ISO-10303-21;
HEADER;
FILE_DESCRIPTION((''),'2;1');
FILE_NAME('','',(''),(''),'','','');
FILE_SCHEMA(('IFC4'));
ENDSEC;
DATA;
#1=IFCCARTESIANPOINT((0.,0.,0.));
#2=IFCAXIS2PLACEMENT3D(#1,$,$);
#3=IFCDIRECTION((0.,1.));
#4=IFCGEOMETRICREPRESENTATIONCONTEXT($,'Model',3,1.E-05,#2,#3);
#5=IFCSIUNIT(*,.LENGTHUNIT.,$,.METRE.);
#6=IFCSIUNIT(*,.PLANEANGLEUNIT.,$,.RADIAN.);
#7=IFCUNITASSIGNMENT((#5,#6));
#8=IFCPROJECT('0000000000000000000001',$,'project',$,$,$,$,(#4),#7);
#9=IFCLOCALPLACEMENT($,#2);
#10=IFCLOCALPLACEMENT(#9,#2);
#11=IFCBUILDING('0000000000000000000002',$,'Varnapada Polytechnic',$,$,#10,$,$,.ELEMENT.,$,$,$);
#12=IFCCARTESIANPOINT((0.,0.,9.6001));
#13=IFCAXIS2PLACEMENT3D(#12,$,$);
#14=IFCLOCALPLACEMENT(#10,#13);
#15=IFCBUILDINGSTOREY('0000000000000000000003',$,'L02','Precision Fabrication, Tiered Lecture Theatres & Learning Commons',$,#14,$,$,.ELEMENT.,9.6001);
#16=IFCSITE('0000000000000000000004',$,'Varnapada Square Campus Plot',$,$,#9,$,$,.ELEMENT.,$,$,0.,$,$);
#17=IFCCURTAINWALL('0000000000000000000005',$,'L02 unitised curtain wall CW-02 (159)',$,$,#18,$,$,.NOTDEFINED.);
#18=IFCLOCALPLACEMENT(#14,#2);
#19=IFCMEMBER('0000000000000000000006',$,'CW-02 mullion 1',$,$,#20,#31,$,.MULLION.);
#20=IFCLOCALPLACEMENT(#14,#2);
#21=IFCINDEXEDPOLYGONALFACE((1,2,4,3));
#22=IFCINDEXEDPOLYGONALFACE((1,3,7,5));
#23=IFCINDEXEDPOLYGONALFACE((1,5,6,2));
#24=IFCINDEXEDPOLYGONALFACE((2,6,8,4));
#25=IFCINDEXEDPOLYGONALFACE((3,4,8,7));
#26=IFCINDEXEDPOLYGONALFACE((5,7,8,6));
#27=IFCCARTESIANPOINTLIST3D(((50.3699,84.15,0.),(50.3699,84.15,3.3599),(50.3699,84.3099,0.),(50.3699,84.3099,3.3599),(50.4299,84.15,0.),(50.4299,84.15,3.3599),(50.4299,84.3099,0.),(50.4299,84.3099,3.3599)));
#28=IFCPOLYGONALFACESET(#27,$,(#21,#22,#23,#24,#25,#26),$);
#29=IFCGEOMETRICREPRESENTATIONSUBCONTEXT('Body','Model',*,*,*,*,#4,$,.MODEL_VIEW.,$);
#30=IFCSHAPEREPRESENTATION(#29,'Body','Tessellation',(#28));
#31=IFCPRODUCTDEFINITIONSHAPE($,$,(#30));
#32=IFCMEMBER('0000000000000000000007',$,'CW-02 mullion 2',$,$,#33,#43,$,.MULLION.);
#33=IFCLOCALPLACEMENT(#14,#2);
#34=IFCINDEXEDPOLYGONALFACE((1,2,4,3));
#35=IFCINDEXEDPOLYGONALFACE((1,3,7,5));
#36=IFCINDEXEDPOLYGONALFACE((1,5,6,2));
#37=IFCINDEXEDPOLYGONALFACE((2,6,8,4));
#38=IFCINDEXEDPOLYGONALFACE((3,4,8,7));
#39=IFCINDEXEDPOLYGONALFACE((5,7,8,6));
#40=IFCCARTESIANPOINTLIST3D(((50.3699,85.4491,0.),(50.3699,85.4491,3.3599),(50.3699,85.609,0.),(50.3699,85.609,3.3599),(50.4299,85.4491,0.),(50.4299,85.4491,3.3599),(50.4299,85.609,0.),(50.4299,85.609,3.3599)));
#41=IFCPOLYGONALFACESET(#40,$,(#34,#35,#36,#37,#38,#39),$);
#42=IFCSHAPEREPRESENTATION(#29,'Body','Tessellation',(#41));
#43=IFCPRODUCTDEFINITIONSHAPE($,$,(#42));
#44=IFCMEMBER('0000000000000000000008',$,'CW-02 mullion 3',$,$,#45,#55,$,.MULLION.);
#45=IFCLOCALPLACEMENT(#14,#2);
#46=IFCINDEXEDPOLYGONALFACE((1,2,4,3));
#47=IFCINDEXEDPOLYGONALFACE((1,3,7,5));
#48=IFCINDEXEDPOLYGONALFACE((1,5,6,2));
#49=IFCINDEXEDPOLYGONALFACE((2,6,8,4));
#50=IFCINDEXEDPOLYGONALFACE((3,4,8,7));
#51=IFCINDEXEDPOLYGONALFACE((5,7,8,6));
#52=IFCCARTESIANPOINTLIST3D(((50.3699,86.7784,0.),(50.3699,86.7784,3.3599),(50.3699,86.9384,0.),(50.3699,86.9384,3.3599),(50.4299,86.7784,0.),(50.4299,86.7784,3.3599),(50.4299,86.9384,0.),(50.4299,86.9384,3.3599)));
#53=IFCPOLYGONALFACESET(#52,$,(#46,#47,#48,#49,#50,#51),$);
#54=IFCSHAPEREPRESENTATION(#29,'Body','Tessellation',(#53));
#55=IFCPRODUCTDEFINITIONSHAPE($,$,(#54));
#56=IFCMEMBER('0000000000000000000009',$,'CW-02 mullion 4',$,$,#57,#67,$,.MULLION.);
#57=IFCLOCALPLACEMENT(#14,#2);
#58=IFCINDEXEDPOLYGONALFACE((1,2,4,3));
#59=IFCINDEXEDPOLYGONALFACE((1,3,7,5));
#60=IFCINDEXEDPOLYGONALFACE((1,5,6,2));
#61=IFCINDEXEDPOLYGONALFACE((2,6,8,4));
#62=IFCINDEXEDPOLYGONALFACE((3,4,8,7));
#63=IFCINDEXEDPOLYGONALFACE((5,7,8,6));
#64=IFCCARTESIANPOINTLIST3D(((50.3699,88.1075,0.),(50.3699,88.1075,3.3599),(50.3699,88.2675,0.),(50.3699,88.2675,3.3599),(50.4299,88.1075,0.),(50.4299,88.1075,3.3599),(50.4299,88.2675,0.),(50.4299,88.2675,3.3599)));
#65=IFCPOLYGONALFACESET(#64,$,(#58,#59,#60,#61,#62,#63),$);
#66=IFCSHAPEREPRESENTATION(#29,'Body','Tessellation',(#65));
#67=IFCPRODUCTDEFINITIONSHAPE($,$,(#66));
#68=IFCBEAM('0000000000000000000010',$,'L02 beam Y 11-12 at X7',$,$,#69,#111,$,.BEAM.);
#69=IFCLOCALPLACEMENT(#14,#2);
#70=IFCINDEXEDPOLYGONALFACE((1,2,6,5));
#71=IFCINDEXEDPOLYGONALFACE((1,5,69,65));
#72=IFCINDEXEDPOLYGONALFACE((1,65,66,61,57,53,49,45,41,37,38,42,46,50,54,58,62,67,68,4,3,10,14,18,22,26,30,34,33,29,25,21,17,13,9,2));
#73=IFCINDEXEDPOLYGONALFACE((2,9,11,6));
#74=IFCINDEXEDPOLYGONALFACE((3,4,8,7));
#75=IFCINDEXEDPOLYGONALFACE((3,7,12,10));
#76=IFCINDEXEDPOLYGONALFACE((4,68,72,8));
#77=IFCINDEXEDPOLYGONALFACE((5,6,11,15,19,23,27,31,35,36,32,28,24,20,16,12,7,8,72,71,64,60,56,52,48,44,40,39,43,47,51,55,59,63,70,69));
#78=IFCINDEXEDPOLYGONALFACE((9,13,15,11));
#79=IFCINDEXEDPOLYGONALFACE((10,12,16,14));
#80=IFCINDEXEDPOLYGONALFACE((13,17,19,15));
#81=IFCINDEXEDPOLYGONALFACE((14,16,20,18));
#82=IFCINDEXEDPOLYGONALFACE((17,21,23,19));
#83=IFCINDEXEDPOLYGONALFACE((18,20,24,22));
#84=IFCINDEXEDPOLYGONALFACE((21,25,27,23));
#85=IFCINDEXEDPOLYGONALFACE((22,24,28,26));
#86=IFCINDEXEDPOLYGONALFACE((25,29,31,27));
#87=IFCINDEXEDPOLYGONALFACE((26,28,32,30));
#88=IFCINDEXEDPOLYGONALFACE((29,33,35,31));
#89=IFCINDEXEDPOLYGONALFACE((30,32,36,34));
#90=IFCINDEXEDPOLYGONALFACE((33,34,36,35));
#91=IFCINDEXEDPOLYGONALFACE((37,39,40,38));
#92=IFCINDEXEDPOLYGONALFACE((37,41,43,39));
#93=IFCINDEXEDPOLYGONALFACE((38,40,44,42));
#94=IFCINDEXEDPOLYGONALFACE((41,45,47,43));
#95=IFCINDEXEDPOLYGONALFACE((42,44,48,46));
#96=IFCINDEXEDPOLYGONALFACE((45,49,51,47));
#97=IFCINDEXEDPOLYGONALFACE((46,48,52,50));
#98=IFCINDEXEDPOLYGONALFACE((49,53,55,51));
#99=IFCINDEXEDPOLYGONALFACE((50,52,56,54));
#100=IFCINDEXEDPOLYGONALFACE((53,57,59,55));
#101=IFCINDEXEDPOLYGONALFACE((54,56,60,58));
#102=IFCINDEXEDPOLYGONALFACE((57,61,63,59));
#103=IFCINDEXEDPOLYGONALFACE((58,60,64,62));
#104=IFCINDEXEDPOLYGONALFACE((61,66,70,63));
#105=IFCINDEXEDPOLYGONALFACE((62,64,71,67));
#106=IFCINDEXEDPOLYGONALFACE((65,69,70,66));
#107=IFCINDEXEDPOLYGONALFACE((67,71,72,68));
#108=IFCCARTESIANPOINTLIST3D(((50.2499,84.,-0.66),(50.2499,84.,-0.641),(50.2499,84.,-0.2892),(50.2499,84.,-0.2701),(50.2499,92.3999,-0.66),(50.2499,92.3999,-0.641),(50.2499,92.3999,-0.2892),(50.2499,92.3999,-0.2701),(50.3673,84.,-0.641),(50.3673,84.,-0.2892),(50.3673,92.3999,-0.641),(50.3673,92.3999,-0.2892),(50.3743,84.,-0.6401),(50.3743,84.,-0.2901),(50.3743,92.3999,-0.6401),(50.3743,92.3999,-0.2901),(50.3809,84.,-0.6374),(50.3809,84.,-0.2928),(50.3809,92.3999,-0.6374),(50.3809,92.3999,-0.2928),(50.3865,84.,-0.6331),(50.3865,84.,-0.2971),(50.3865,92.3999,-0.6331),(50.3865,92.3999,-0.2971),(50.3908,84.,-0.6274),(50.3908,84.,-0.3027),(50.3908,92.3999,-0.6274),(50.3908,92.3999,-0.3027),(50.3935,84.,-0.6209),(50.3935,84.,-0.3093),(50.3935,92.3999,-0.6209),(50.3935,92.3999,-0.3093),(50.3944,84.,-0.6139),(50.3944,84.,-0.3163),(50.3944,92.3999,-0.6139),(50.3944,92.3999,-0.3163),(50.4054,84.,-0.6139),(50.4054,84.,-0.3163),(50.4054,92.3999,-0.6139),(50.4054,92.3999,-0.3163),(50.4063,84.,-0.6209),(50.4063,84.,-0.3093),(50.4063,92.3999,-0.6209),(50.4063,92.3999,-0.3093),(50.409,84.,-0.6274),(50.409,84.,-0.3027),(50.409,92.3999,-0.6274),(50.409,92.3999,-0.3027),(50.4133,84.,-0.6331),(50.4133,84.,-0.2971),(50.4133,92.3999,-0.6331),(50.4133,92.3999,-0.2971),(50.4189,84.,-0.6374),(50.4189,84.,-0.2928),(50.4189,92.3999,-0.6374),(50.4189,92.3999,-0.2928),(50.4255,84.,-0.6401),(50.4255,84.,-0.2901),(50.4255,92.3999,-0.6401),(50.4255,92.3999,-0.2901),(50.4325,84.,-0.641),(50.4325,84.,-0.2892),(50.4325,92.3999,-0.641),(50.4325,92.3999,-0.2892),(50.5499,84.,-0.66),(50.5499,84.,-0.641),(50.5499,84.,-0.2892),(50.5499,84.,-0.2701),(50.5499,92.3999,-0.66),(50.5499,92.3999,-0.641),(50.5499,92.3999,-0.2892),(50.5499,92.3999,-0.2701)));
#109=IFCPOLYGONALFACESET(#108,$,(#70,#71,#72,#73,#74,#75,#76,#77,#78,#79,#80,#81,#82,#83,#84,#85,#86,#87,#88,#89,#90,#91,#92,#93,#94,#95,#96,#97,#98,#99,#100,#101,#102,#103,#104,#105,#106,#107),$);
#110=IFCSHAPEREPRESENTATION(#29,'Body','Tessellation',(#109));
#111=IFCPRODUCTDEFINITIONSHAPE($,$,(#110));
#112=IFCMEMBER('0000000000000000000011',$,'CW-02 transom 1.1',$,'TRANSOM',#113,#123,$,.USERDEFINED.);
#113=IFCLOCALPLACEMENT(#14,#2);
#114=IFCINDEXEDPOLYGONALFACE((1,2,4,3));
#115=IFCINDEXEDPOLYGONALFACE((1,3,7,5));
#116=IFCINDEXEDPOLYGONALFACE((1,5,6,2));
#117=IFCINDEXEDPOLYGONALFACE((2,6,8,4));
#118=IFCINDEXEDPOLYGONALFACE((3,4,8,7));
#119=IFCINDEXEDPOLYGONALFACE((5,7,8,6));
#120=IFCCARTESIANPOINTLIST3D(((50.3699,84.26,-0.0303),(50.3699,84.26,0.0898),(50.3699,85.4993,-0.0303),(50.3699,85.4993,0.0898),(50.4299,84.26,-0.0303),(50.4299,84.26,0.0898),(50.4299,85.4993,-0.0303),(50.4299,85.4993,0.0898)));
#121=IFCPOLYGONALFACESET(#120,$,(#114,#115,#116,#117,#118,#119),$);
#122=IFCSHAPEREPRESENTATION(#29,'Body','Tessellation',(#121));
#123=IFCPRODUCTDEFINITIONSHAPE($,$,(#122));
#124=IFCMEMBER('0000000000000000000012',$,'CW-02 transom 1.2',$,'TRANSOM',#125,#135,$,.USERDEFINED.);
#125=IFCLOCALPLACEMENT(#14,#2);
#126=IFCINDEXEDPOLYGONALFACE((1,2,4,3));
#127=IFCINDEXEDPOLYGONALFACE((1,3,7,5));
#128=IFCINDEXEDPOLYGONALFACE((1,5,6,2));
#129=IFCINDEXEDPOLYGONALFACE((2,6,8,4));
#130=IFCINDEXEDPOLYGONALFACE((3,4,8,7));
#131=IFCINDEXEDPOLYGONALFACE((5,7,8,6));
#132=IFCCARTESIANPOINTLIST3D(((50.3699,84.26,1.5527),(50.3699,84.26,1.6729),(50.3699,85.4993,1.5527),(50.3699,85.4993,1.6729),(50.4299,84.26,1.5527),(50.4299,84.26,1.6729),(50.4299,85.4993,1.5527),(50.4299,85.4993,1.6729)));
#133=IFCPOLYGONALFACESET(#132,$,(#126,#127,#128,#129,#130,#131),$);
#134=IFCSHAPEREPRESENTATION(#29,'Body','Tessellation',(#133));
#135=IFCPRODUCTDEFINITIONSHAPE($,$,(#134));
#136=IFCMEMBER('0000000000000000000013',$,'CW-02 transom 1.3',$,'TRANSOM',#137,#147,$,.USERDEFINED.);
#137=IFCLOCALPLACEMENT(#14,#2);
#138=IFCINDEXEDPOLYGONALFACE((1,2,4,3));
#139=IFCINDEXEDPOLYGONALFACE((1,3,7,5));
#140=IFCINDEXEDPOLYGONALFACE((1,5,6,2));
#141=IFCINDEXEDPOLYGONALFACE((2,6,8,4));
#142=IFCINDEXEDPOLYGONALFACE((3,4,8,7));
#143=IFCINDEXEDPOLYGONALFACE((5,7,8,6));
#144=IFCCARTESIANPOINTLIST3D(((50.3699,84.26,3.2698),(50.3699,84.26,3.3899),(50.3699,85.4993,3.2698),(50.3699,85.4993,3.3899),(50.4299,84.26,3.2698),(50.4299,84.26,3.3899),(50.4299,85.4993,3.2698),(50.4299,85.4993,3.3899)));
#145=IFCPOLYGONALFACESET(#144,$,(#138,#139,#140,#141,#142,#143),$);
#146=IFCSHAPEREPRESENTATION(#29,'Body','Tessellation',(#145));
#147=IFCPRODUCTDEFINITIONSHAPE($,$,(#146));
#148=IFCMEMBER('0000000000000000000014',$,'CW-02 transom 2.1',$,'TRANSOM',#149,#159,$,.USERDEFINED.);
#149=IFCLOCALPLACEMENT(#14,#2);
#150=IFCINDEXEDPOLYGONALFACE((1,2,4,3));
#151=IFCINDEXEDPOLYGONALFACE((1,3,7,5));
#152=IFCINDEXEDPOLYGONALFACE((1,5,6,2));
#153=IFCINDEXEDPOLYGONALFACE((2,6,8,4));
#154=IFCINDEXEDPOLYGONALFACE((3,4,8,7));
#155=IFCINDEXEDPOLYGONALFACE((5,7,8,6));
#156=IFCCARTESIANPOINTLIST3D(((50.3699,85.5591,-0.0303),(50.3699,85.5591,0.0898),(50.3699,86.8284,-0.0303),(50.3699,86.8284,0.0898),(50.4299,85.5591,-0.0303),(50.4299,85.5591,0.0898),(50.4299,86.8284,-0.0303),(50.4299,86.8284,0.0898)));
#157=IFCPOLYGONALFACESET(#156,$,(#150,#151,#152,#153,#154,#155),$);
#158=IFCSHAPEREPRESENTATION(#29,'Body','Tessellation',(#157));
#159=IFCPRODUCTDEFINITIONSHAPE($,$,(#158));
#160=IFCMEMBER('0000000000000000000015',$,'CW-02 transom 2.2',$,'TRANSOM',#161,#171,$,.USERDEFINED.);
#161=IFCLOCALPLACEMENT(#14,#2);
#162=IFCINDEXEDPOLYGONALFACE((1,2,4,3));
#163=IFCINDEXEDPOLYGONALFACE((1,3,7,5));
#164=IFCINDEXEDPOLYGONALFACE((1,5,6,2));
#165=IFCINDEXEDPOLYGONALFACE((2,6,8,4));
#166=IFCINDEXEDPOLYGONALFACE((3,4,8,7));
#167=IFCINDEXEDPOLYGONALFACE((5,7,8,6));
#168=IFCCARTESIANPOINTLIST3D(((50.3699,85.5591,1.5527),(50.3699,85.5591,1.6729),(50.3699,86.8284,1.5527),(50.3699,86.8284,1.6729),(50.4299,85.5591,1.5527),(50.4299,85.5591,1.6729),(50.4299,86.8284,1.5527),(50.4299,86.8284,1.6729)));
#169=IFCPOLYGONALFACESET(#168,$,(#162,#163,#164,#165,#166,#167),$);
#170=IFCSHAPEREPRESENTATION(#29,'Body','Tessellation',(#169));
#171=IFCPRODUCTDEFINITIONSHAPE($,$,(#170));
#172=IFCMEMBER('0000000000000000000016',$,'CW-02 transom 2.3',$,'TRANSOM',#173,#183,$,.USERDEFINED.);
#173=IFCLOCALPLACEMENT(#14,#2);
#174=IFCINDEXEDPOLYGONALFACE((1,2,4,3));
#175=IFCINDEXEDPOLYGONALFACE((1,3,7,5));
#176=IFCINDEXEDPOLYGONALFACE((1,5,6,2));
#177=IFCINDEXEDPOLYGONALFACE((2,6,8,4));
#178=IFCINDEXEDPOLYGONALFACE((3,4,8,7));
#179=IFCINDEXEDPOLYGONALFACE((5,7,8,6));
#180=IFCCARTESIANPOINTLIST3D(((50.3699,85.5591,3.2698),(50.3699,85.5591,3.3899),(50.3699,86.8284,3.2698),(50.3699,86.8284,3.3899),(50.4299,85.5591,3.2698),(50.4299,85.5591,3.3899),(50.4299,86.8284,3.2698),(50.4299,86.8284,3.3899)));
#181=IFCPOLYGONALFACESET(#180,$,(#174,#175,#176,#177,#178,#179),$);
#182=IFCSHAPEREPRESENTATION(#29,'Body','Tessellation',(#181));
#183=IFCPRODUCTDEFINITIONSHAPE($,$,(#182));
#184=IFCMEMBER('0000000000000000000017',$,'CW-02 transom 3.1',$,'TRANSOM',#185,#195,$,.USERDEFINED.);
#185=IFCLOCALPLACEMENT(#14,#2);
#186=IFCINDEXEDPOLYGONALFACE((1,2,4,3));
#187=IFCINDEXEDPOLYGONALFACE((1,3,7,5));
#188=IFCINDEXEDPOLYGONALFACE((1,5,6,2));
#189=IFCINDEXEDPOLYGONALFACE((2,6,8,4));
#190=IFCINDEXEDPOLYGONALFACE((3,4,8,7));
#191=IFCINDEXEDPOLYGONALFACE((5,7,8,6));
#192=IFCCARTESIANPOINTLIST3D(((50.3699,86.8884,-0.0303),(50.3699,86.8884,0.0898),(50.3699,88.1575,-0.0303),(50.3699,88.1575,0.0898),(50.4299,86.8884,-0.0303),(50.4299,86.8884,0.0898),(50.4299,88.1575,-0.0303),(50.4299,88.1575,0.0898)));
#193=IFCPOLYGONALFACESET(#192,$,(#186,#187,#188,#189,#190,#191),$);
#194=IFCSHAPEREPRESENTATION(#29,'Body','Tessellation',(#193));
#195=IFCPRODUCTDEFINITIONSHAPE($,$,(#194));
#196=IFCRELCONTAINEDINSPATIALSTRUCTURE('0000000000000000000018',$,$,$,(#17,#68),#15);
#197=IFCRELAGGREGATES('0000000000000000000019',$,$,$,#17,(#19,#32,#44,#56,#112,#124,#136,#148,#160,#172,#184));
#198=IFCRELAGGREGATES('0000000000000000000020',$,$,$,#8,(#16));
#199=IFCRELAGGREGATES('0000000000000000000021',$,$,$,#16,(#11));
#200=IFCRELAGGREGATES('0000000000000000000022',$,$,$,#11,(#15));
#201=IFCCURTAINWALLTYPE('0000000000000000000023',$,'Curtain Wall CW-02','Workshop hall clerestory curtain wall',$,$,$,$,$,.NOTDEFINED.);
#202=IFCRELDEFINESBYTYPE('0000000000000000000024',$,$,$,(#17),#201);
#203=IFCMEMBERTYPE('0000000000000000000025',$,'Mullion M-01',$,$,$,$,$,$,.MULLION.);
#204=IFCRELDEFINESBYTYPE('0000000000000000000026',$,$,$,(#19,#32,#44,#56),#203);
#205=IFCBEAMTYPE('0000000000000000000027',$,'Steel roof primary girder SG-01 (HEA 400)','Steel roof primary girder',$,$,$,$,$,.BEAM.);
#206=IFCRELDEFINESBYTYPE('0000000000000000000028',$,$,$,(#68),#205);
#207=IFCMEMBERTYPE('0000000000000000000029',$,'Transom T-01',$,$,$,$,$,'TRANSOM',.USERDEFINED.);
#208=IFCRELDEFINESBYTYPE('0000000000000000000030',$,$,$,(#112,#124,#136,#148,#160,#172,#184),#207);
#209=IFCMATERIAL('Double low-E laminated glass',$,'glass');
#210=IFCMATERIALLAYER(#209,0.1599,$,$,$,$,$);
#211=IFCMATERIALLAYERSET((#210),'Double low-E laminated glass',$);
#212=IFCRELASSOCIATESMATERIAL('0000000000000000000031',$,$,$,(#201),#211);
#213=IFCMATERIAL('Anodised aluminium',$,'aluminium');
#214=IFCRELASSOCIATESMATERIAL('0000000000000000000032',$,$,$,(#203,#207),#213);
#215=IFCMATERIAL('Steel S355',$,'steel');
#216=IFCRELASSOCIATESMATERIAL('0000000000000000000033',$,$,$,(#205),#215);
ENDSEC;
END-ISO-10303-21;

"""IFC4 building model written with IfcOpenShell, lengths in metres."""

from ifc_helpers import new_model, si_unit, direction, frame, origin, origin_2d, place, context, subcontext, project, spatial, rectangle, i_section, extrude, material, layer, layer_set, material_profile, profile_set, type_object, element, aggregate, save


model = new_model("IFC4")

# Units and contexts
model_context = context("Model", 3, precision=1e-05, world=origin(), true_north=direction((0.0, 1.0)))
body_context = subcontext(model_context, "Body", "Model", "MODEL_VIEW")
ifc_project = project(units=[si_unit("LENGTHUNIT", "METRE"), si_unit("PLANEANGLEUNIT", "RADIAN")], contexts=[model_context])

# Site, building, storey
site_placement = place(None, origin())
site = spatial("IfcSite", under=ifc_project, at=site_placement, Name="Varnapada Square Campus Plot", CompositionType="ELEMENT", RefElevation=0.0)
building_placement = place(site_placement, origin())
building = spatial("IfcBuilding", under=site, at=building_placement, Name="Varnapada Polytechnic", CompositionType="ELEMENT")
storey_placement = place(building_placement, frame((0.0, 0.0, 9.6001)))
storey = spatial("IfcBuildingStorey", under=building, at=storey_placement, Name="L02", Description="Precision Fabrication, Tiered Lecture Theatres & Learning Commons", CompositionType="ELEMENT", Elevation=9.6001)

# Curtain wall, members
ifc_material_1 = material(Name="Double low-E laminated glass", Category="glass")
ifc_layer_1 = layer(ifc_material_1, 0.1599)
ifc_layer_set_1 = layer_set([ifc_layer_1], Name="Double low-E laminated glass")
curtain_wall_type = type_object("IfcCurtainWallType", Name="Curtain Wall CW-02", Description="Workshop hall clerestory curtain wall", PredefinedType="NOTDEFINED", material=ifc_layer_set_1)
curtain_wall_placement = place(storey_placement, origin())
curtain_wall = element("IfcCurtainWall", 1, at=curtain_wall_placement, inside=storey, type_object=curtain_wall_type, Name="L02 unitised curtain wall CW-02 (159)", PredefinedType="NOTDEFINED")
ifc_material_2 = material(Name="Anodised aluminium", Category="aluminium")
ifc_material_profile_1 = material_profile(ifc_material_2, rectangle(XDim=0.0601, YDim=0.1599, at=origin_2d()), Name="ALU M60x160")
ifc_profile_set_1 = profile_set([ifc_material_profile_1], Name="Anodised aluminium")
member_type_1 = type_object("IfcMemberType", Name="Mullion M-01", PredefinedType="MULLION", material=ifc_profile_set_1)
member_1_placement = place(storey_placement, frame((50.3999, 84.23, 0.0), z_axis=(0.0, 0.0, 1.0), x_axis=(-1.0, 0.0, 0.0)))
member_1 = element("IfcMember", 2, at=member_1_placement, type_object=member_type_1, Name="CW-02 mullion 1", PredefinedType="MULLION", context=body_context, shape_type="SweptSolid", body=[
    extrude(rectangle(XDim=0.0601, YDim=0.1599, at=origin_2d()), origin(), (0.0, 0.0, 1.0), 3.3599),
])
member_2_placement = place(storey_placement, frame((50.3999, 85.5291, 0.0), z_axis=(0.0, 0.0, 1.0), x_axis=(-1.0, 0.0, 0.0)))
member_2 = element("IfcMember", 3, at=member_2_placement, type_object=member_type_1, Name="CW-02 mullion 2", PredefinedType="MULLION", context=body_context, shape_type="SweptSolid", body=[
    extrude(rectangle(XDim=0.0601, YDim=0.1599, at=origin_2d()), origin(), (0.0, 0.0, 1.0), 3.3599),
])
member_3_placement = place(storey_placement, frame((50.3999, 86.8584, 0.0), z_axis=(0.0, 0.0, 1.0), x_axis=(-1.0, 0.0, 0.0)))
member_3 = element("IfcMember", 4, at=member_3_placement, type_object=member_type_1, Name="CW-02 mullion 3", PredefinedType="MULLION", context=body_context, shape_type="SweptSolid", body=[
    extrude(rectangle(XDim=0.0601, YDim=0.1599, at=origin_2d()), origin(), (0.0, 0.0, 1.0), 3.3599),
])
member_4_placement = place(storey_placement, frame((50.3999, 88.1875, 0.0), z_axis=(0.0, 0.0, 1.0), x_axis=(-1.0, 0.0, 0.0)))
member_4 = element("IfcMember", 5, at=member_4_placement, type_object=member_type_1, Name="CW-02 mullion 4", PredefinedType="MULLION", context=body_context, shape_type="SweptSolid", body=[
    extrude(rectangle(XDim=0.0601, YDim=0.1599, at=origin_2d()), origin(), (0.0, 0.0, 1.0), 3.3599),
])

# Beam
ifc_material_3 = material(Name="Steel S355", Category="steel")
ifc_material_profile_2 = material_profile(ifc_material_3, i_section(OverallWidth=0.3, OverallDepth=0.3899, WebThickness=0.011, FlangeThickness=0.019, FilletRadius=0.0271, at=origin_2d()), Name="HEA 400")
ifc_profile_set_2 = profile_set([ifc_material_profile_2], Name="Steel S355")
beam_type_1 = type_object("IfcBeamType", Name="Steel roof primary girder SG-01 (HEA 400)", Description="Steel roof primary girder", PredefinedType="BEAM", material=ifc_profile_set_2)
beam_1_placement = place(storey_placement, frame((50.3999, 84.0, -0.4651), z_axis=(0.0, 1.0, 0.0), x_axis=(-1.0, 0.0, 0.0)))
element("IfcBeam", 6, at=beam_1_placement, inside=storey, type_object=beam_type_1, Name="L02 beam Y 11-12 at X7", PredefinedType="BEAM", context=body_context, shape_type="SweptSolid", body=[
    extrude(i_section(OverallWidth=0.3, OverallDepth=0.3899, WebThickness=0.011, FlangeThickness=0.019, FilletRadius=0.0271, at=origin_2d()), origin(), (0.0, 0.0, 1.0), 8.3999),
])

# Members
ifc_material_profile_3 = material_profile(ifc_material_2, rectangle(XDim=0.0601, YDim=0.1201, at=origin_2d()), Name="ALU T60x120")
ifc_profile_set_3 = profile_set([ifc_material_profile_3], Name="Anodised aluminium")
member_type_2 = type_object("IfcMemberType", Name="Transom T-01", ElementType="TRANSOM", PredefinedType="USERDEFINED", material=ifc_profile_set_3)
member_5_placement = place(storey_placement, frame((50.3999, 84.26, 0.0298), z_axis=(0.0, 1.0, 0.0), x_axis=(-1.0, 0.0, 0.0)))
member_5 = element("IfcMember", 7, at=member_5_placement, type_object=member_type_2, Name="CW-02 transom 1.1", ObjectType="TRANSOM", PredefinedType="USERDEFINED", context=body_context, shape_type="SweptSolid", body=[
    extrude(rectangle(XDim=0.0601, YDim=0.1201, at=origin_2d()), origin(), (0.0, 0.0, 1.0), 1.2393),
])
member_6_placement = place(storey_placement, frame((50.3999, 84.26, 1.6128), z_axis=(0.0, 1.0, 0.0), x_axis=(-1.0, 0.0, 0.0)))
member_6 = element("IfcMember", 8, at=member_6_placement, type_object=member_type_2, Name="CW-02 transom 1.2", ObjectType="TRANSOM", PredefinedType="USERDEFINED", context=body_context, shape_type="SweptSolid", body=[
    extrude(rectangle(XDim=0.0601, YDim=0.1201, at=origin_2d()), origin(), (0.0, 0.0, 1.0), 1.2393),
])
member_7_placement = place(storey_placement, frame((50.3999, 84.26, 3.3298), z_axis=(0.0, 1.0, 0.0), x_axis=(-1.0, 0.0, 0.0)))
member_7 = element("IfcMember", 9, at=member_7_placement, type_object=member_type_2, Name="CW-02 transom 1.3", ObjectType="TRANSOM", PredefinedType="USERDEFINED", context=body_context, shape_type="SweptSolid", body=[
    extrude(rectangle(XDim=0.0601, YDim=0.1201, at=origin_2d()), origin(), (0.0, 0.0, 1.0), 1.2393),
])
member_8_placement = place(storey_placement, frame((50.3999, 85.5591, 0.0298), z_axis=(0.0, 1.0, 0.0), x_axis=(-1.0, 0.0, 0.0)))
member_8 = element("IfcMember", 10, at=member_8_placement, type_object=member_type_2, Name="CW-02 transom 2.1", ObjectType="TRANSOM", PredefinedType="USERDEFINED", context=body_context, shape_type="SweptSolid", body=[
    extrude(rectangle(XDim=0.0601, YDim=0.1201, at=origin_2d()), origin(), (0.0, 0.0, 1.0), 1.2693),
])
member_9_placement = place(storey_placement, frame((50.3999, 85.5591, 1.6128), z_axis=(0.0, 1.0, 0.0), x_axis=(-1.0, 0.0, 0.0)))
member_9 = element("IfcMember", 11, at=member_9_placement, type_object=member_type_2, Name="CW-02 transom 2.2", ObjectType="TRANSOM", PredefinedType="USERDEFINED", context=body_context, shape_type="SweptSolid", body=[
    extrude(rectangle(XDim=0.0601, YDim=0.1201, at=origin_2d()), origin(), (0.0, 0.0, 1.0), 1.2693),
])
member_10_placement = place(storey_placement, frame((50.3999, 85.5591, 3.3298), z_axis=(0.0, 1.0, 0.0), x_axis=(-1.0, 0.0, 0.0)))
member_10 = element("IfcMember", 12, at=member_10_placement, type_object=member_type_2, Name="CW-02 transom 2.3", ObjectType="TRANSOM", PredefinedType="USERDEFINED", context=body_context, shape_type="SweptSolid", body=[
    extrude(rectangle(XDim=0.0601, YDim=0.1201, at=origin_2d()), origin(), (0.0, 0.0, 1.0), 1.2693),
])
member_11_placement = place(storey_placement, frame((50.3999, 86.8884, 0.0298), z_axis=(0.0, 1.0, 0.0), x_axis=(-1.0, 0.0, 0.0)))
member_11 = element("IfcMember", 13, at=member_11_placement, type_object=member_type_2, Name="CW-02 transom 3.1", ObjectType="TRANSOM", PredefinedType="USERDEFINED", context=body_context, shape_type="SweptSolid", body=[
    extrude(rectangle(XDim=0.0601, YDim=0.1201, at=origin_2d()), origin(), (0.0, 0.0, 1.0), 1.269),
])

aggregate(curtain_wall, [member_1, member_2, member_3, member_4, member_5, member_6, member_7, member_8, member_9, member_10, member_11])

save(model, "model.ifc")
